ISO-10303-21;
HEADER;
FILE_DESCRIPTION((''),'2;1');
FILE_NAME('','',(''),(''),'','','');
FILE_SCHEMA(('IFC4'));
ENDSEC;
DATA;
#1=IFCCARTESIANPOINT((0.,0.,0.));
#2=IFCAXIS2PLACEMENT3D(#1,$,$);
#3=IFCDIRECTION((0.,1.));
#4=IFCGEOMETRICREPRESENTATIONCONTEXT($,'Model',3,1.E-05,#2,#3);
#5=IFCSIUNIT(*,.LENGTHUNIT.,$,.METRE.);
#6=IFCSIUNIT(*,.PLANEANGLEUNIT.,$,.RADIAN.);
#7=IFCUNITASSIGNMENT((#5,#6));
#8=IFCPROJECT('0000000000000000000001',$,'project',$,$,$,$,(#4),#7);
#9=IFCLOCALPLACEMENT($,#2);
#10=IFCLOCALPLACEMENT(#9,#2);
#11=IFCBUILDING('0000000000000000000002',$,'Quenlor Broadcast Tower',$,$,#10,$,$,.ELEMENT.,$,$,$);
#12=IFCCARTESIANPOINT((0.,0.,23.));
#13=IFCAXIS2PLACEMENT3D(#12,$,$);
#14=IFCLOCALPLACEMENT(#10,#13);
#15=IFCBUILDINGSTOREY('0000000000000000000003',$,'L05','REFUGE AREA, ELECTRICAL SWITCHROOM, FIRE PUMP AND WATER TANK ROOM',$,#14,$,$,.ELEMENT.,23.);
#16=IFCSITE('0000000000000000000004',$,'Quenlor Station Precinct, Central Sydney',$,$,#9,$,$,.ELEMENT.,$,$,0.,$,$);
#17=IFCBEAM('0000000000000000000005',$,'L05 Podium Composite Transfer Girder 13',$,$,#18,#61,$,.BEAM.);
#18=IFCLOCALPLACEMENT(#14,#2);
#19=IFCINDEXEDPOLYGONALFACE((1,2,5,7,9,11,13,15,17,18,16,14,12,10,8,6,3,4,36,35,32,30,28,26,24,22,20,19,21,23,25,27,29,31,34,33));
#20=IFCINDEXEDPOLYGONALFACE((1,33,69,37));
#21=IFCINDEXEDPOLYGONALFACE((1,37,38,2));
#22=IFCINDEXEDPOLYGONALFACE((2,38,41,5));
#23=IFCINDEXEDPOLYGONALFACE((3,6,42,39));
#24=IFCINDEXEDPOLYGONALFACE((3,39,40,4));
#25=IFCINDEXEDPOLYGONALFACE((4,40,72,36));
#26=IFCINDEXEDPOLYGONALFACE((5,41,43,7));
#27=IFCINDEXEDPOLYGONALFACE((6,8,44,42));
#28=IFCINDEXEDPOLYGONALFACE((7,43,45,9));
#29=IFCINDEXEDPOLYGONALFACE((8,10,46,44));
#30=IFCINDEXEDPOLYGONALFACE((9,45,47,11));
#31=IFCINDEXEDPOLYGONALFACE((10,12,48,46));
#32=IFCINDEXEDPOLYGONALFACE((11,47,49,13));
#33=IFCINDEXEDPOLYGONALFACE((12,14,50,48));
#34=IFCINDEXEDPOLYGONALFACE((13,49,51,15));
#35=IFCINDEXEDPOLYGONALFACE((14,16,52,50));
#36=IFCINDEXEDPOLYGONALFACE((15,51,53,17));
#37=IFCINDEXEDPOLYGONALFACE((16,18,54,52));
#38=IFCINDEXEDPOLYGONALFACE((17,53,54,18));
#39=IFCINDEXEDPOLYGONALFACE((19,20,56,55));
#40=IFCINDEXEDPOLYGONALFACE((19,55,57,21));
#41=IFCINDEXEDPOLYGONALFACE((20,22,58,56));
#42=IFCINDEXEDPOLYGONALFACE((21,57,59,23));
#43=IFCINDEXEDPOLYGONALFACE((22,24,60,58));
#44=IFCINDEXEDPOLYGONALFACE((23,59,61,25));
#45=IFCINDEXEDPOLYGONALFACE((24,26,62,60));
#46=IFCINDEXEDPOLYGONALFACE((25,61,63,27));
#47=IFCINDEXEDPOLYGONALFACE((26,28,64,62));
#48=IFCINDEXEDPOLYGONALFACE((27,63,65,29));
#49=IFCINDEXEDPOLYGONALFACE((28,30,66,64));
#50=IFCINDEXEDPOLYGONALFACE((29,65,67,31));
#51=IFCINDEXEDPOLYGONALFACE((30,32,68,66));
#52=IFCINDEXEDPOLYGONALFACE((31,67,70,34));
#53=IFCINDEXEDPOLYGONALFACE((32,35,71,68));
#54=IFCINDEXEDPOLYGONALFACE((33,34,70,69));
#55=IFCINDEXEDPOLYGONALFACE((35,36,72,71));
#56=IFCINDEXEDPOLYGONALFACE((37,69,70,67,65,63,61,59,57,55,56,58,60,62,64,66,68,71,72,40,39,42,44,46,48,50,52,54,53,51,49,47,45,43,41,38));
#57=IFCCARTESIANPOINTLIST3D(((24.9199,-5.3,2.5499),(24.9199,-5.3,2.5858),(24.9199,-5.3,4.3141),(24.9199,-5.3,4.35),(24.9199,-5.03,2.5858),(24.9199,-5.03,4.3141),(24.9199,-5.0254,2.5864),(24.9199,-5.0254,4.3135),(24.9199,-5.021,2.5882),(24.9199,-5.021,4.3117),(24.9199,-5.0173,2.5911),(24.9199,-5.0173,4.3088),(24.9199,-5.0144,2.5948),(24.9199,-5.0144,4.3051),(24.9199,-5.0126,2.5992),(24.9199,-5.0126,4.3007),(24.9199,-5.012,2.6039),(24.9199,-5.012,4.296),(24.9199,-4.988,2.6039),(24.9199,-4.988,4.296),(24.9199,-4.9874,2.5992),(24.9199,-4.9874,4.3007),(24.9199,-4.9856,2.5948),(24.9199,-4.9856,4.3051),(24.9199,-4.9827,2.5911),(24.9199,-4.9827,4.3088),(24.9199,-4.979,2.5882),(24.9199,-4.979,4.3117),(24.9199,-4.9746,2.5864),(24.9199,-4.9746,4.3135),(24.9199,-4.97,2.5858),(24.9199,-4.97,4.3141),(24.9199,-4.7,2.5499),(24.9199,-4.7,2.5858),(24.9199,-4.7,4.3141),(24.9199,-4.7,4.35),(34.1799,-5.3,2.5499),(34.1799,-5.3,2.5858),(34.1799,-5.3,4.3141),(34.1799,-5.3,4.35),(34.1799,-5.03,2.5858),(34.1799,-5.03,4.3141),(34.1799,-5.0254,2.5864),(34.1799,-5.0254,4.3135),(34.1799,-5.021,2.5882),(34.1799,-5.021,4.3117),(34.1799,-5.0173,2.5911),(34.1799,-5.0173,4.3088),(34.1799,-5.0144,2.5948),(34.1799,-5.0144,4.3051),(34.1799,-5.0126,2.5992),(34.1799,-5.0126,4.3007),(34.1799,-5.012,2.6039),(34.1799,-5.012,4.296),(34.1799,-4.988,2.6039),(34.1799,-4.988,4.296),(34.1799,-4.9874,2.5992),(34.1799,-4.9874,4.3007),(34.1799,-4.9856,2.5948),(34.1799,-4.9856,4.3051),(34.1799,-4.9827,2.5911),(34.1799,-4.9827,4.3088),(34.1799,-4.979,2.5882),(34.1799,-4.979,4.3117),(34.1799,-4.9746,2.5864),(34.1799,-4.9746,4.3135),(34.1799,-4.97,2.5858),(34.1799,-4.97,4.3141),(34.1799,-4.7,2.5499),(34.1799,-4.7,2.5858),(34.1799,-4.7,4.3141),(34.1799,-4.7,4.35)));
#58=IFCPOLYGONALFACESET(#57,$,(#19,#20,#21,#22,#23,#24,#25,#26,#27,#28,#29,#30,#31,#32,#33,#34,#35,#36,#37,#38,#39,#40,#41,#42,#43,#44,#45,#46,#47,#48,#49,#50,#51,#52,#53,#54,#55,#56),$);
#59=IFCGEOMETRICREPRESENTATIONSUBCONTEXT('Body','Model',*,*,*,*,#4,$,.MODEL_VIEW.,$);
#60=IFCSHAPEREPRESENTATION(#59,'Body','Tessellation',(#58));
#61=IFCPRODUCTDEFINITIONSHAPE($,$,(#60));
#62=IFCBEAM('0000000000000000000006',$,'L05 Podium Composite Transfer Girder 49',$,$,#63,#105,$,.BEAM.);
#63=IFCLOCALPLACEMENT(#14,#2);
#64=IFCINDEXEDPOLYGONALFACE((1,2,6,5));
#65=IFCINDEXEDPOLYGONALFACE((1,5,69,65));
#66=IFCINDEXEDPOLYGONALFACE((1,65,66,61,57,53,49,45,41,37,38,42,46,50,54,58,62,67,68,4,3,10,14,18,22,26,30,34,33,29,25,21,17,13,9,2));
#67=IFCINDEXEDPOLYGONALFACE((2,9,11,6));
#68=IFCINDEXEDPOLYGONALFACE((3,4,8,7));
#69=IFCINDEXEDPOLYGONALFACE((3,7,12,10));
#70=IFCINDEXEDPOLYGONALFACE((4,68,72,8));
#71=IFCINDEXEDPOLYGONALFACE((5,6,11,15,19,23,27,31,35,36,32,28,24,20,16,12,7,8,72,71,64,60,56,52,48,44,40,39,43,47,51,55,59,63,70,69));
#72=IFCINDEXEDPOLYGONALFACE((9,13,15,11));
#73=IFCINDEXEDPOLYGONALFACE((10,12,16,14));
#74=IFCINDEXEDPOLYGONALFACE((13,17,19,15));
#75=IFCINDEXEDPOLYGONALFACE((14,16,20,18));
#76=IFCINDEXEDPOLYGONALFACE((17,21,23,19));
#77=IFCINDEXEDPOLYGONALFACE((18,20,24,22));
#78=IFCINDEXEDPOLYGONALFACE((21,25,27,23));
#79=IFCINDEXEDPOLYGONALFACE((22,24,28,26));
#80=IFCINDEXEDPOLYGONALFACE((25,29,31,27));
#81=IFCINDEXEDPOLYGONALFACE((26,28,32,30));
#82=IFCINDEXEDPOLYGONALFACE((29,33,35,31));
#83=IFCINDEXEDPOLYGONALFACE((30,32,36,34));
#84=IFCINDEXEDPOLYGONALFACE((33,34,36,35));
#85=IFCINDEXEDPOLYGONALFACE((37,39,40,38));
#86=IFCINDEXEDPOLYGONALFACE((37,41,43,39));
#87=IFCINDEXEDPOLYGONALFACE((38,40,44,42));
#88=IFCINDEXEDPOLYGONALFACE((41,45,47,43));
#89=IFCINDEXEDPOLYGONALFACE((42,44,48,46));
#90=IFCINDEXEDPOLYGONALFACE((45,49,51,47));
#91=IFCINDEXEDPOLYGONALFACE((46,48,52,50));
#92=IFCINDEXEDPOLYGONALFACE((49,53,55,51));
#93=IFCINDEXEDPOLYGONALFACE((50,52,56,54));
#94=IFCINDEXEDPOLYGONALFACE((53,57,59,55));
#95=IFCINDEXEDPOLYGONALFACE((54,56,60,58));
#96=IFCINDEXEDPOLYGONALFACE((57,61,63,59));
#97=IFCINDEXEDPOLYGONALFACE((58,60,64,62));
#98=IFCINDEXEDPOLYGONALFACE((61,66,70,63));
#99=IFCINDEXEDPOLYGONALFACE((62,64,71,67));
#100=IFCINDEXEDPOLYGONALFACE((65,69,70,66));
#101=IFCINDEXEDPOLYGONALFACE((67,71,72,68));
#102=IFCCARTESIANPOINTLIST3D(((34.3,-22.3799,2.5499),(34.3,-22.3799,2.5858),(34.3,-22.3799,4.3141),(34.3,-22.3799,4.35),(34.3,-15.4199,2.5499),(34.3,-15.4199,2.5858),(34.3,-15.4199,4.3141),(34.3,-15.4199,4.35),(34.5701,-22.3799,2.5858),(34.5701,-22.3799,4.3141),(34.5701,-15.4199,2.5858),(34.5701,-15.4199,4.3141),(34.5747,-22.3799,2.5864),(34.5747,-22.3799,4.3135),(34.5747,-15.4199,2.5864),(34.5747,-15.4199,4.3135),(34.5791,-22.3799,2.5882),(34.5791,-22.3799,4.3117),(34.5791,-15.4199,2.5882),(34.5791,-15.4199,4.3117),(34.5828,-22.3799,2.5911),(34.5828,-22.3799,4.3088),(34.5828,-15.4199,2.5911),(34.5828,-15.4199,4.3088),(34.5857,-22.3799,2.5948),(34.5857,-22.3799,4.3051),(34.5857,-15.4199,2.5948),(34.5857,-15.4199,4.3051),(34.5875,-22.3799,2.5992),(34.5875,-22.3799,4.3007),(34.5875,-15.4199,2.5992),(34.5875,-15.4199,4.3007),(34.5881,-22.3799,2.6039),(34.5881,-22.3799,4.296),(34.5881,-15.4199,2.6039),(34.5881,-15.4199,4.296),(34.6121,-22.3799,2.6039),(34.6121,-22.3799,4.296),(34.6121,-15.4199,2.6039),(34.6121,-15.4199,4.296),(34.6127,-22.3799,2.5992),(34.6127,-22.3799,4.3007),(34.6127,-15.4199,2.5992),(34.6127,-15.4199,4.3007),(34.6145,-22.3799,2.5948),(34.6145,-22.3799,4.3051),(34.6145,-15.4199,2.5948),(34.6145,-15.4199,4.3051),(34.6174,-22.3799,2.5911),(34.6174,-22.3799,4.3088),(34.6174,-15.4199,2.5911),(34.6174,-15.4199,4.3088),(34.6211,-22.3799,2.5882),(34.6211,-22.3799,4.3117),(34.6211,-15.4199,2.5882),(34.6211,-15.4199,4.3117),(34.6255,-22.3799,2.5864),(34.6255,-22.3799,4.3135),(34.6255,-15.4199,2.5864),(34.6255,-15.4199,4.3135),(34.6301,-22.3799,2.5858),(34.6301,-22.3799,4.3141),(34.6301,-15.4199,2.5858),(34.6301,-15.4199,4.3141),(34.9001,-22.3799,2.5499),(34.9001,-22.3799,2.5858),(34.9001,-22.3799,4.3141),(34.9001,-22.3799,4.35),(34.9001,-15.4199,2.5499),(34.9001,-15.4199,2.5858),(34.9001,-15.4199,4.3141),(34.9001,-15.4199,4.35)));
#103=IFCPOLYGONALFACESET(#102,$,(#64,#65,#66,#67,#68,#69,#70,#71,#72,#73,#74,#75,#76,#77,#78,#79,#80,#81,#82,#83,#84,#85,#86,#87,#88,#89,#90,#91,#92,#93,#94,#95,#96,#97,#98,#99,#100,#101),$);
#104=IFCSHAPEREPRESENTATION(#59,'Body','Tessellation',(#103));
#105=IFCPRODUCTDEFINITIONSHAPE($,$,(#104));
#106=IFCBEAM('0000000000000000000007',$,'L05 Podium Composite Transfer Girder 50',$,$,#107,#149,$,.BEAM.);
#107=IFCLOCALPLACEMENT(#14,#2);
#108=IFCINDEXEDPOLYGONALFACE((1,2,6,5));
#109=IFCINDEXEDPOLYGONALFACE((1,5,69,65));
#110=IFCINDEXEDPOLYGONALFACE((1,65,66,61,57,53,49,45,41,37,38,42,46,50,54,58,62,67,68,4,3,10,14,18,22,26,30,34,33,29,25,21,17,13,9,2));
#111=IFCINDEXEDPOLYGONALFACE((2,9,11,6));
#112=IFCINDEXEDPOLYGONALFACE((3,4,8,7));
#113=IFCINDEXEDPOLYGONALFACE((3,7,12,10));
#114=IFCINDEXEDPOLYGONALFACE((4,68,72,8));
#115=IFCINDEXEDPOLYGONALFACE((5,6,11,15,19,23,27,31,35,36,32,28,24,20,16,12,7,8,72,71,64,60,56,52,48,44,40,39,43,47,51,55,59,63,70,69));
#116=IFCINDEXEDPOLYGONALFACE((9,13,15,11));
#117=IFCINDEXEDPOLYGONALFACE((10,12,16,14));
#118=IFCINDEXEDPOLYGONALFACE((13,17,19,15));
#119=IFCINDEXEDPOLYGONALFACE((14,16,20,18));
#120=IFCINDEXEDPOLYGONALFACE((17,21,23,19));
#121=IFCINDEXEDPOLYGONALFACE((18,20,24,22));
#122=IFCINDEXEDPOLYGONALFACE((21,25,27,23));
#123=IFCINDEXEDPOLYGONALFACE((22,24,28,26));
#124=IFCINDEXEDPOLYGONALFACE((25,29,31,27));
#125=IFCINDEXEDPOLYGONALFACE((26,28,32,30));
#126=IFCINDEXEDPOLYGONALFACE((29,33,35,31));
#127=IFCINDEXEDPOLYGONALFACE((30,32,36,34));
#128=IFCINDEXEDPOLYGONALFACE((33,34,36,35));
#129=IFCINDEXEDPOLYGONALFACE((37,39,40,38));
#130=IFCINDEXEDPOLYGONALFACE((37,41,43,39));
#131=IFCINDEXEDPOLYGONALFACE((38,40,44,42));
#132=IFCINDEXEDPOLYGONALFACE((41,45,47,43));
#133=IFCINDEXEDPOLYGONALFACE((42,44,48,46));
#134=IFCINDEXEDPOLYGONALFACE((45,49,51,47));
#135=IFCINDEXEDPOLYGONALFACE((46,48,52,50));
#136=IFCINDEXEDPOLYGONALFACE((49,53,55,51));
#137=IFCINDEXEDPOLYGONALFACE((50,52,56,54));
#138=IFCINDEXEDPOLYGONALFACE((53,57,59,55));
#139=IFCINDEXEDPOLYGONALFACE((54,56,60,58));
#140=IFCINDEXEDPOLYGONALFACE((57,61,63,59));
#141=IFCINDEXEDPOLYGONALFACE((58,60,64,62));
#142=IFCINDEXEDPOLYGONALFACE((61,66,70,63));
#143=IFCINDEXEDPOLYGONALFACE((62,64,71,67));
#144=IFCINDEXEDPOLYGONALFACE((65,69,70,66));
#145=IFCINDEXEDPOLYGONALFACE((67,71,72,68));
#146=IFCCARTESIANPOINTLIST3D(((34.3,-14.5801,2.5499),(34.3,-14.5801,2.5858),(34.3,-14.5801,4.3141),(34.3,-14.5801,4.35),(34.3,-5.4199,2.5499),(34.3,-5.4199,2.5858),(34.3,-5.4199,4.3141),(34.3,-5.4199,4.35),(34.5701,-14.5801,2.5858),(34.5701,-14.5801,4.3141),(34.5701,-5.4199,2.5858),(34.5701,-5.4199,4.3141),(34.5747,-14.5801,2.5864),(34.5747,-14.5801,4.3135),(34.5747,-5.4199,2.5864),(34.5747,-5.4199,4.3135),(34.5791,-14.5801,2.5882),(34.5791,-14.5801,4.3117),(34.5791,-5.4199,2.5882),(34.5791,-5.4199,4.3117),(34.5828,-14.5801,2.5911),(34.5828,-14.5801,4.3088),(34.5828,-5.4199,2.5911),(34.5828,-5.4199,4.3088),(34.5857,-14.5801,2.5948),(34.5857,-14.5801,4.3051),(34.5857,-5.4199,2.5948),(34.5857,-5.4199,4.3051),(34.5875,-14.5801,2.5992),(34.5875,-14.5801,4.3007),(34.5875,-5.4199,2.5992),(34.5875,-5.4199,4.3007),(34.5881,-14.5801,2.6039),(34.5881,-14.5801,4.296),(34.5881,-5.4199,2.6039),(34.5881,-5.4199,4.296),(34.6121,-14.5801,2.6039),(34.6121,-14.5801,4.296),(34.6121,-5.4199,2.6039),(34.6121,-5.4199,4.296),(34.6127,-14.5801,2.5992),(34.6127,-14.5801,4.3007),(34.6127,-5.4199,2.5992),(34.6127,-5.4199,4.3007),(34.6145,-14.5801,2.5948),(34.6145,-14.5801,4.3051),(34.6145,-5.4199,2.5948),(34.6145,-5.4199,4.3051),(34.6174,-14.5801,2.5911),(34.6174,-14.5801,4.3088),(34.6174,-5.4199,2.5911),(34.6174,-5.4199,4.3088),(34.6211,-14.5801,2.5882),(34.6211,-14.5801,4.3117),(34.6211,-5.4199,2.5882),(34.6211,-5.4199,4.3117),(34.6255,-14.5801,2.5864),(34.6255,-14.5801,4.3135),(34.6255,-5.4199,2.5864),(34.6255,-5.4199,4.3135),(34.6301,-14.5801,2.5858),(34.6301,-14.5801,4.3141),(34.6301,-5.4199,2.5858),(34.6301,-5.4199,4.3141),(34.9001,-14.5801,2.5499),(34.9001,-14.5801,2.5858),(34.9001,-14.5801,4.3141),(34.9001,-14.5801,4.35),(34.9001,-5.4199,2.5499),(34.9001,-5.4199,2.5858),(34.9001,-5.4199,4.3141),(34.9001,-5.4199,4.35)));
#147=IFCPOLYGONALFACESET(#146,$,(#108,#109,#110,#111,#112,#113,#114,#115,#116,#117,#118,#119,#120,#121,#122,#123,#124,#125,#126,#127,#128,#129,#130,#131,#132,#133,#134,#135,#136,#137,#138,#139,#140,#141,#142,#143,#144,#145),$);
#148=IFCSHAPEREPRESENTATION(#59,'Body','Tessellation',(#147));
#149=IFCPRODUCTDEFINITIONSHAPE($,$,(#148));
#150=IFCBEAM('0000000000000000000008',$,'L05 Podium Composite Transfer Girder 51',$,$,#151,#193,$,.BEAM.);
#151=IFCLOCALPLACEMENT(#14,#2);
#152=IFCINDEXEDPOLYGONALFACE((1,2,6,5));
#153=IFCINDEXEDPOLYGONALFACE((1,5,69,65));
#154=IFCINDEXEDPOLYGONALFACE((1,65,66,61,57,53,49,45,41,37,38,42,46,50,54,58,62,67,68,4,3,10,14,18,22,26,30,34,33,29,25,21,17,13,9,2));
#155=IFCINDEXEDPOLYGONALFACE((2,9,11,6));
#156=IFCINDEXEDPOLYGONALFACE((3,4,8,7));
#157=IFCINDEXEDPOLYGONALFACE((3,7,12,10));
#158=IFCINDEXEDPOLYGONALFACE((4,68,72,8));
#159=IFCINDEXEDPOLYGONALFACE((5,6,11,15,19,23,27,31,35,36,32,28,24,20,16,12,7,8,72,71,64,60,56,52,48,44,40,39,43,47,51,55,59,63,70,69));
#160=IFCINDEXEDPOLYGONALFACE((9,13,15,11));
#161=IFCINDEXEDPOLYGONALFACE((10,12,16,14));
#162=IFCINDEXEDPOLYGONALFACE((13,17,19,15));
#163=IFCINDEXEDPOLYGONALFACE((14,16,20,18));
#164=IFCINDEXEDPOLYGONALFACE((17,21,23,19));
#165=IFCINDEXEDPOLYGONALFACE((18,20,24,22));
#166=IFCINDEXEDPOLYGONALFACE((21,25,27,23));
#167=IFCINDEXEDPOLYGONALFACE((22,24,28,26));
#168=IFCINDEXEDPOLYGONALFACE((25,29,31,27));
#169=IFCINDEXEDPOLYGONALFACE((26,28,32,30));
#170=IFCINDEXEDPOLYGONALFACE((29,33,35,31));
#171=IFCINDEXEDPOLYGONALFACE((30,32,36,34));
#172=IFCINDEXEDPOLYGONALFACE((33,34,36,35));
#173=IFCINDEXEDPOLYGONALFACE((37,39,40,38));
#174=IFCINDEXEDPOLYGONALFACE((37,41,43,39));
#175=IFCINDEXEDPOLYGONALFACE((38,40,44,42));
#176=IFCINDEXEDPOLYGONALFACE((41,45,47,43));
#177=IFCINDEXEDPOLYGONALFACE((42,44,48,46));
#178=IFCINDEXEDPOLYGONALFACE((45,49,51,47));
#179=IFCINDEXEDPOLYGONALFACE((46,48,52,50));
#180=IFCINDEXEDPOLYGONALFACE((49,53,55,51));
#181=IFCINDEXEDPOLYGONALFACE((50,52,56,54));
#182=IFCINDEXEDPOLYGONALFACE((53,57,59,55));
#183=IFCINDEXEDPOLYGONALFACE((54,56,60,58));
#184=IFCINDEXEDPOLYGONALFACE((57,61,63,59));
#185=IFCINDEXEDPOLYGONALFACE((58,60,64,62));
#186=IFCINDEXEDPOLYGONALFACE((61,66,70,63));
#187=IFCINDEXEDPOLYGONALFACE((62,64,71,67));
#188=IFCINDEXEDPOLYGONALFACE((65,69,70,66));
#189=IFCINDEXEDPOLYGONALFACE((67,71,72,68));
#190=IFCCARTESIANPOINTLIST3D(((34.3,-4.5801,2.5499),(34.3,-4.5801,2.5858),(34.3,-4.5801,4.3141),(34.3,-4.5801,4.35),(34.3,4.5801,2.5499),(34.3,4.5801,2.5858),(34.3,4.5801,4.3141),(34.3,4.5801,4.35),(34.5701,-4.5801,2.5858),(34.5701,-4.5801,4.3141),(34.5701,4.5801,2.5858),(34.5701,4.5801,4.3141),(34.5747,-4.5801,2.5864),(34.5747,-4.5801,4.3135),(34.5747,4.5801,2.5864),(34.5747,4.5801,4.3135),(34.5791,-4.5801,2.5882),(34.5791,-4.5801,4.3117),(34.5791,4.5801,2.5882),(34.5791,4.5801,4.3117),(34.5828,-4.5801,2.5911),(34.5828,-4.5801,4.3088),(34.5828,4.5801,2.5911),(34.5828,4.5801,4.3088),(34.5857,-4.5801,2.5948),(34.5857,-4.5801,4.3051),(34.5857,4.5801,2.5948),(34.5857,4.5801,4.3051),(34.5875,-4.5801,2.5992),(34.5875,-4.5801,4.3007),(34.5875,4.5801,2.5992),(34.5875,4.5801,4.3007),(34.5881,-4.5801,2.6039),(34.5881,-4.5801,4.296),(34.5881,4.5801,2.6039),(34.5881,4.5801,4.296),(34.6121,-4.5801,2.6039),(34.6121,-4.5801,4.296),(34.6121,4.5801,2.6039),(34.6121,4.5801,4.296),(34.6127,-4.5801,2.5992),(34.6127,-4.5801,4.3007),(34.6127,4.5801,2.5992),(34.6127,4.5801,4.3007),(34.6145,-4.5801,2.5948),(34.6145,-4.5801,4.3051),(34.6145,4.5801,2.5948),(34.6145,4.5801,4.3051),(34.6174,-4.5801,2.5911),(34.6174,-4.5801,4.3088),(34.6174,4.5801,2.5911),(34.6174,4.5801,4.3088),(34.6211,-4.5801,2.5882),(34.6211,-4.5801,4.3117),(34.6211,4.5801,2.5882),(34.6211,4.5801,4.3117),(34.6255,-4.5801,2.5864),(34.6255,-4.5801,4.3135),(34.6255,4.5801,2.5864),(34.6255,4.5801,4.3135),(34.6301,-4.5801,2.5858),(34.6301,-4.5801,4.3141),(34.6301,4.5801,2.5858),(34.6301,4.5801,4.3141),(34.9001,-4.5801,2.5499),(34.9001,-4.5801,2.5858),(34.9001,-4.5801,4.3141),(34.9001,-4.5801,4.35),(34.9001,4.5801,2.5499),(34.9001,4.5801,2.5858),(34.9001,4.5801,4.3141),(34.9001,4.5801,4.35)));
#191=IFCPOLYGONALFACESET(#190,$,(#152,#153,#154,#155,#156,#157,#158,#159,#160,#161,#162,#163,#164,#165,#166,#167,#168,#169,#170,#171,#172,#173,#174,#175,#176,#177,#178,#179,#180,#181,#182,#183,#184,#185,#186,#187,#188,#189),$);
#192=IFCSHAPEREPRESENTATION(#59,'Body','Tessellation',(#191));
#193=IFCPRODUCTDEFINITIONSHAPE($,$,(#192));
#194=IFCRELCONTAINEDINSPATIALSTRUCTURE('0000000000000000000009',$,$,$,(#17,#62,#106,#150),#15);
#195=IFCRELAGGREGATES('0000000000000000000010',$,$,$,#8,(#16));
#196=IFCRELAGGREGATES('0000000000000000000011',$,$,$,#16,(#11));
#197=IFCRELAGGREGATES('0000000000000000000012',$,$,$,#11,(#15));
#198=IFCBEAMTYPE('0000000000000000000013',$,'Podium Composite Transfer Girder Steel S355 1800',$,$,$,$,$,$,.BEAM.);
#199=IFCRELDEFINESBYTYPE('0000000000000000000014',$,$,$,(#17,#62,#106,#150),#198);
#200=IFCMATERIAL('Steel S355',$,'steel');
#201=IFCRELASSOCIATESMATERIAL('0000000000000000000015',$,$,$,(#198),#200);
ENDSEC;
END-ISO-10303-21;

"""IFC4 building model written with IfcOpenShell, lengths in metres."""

from ifc_helpers import new_model, si_unit, direction, frame, origin, origin_2d, place, context, subcontext, project, spatial, i_section, extrude, material, material_profile, profile_set, type_object, element, save


model = new_model("IFC4")

# Units and contexts
model_context = context("Model", 3, precision=1e-05, world=origin(), true_north=direction((0.0, 1.0)))
body_context = subcontext(model_context, "Body", "Model", "MODEL_VIEW")
ifc_project = project(units=[si_unit("LENGTHUNIT", "METRE"), si_unit("PLANEANGLEUNIT", "RADIAN")], contexts=[model_context])

# Site, building, storey
site_placement = place(None, origin())
site = spatial("IfcSite", under=ifc_project, at=site_placement, Name="Quenlor Station Precinct, Central Sydney", CompositionType="ELEMENT", RefElevation=0.0)
building_placement = place(site_placement, origin())
building = spatial("IfcBuilding", under=site, at=building_placement, Name="Quenlor Broadcast Tower", CompositionType="ELEMENT")
storey_placement = place(building_placement, frame((0.0, 0.0, 23.0)))
storey = spatial("IfcBuildingStorey", under=building, at=storey_placement, Name="L05", Description="REFUGE AREA, ELECTRICAL SWITCHROOM, FIRE PUMP AND WATER TANK ROOM", CompositionType="ELEMENT", Elevation=23.0)

# Beams
ifc_material_1 = material(Name="Steel S355", Category="steel")
ifc_material_profile_1 = material_profile(ifc_material_1, i_section(OverallWidth=0.6001, OverallDepth=1.8, WebThickness=0.0239, FlangeThickness=0.0359, FilletRadius=0.0181, at=origin_2d()))
ifc_profile_set_1 = profile_set([ifc_material_profile_1], Name="Steel S355 1800TG620")
beam_type = type_object("IfcBeamType", Name="Podium Composite Transfer Girder Steel S355 1800", PredefinedType="BEAM", material=ifc_profile_set_1)
beam_1_placement = place(storey_placement, frame((24.9199, -5.0, 3.45), z_axis=(1.0, 0.0, 0.0), x_axis=(0.0, 1.0, 0.0)))
element("IfcBeam", 1, at=beam_1_placement, inside=storey, type_object=beam_type, Name="L05 Podium Composite Transfer Girder 13", PredefinedType="BEAM", context=body_context, shape_type="SweptSolid", body=[
    extrude(i_section(OverallWidth=0.6001, OverallDepth=1.8, WebThickness=0.0239, FlangeThickness=0.0359, FilletRadius=0.0181, at=origin_2d()), origin(), (0.0, 0.0, 1.0), 9.26),
])
beam_2_placement = place(storey_placement, frame((34.6001, -22.3799, 3.45), z_axis=(0.0, 1.0, 0.0), x_axis=(-1.0, 0.0, 0.0)))
element("IfcBeam", 2, at=beam_2_placement, inside=storey, type_object=beam_type, Name="L05 Podium Composite Transfer Girder 49", PredefinedType="BEAM", context=body_context, shape_type="SweptSolid", body=[
    extrude(i_section(OverallWidth=0.6001, OverallDepth=1.8, WebThickness=0.0239, FlangeThickness=0.0359, FilletRadius=0.0181, at=origin_2d()), origin(), (0.0, 0.0, 1.0), 6.96),
])
for number, where, z_axis, x_axis, name in (
    (3, (34.6001, -14.5801, 3.45), (0.0, 1.0, 0.0), (-1.0, 0.0, 0.0), "L05 Podium Composite Transfer Girder 50"),
    (4, (34.6001, -4.5801, 3.45), (0.0, 1.0, 0.0), (-1.0, 0.0, 0.0), "L05 Podium Composite Transfer Girder 51"),
):
    element("IfcBeam", number, at=place(storey_placement, frame(where, z_axis=z_axis, x_axis=x_axis)), inside=storey, type_object=beam_type, Name=name, PredefinedType="BEAM", context=body_context, shape_type="SweptSolid", body=[
        extrude(i_section(OverallWidth=0.6001, OverallDepth=1.8, WebThickness=0.0239, FlangeThickness=0.0359, FilletRadius=0.0181, at=origin_2d()), origin(), (0.0, 0.0, 1.0), 9.1602),
    ])

save(model, "model.ifc")
